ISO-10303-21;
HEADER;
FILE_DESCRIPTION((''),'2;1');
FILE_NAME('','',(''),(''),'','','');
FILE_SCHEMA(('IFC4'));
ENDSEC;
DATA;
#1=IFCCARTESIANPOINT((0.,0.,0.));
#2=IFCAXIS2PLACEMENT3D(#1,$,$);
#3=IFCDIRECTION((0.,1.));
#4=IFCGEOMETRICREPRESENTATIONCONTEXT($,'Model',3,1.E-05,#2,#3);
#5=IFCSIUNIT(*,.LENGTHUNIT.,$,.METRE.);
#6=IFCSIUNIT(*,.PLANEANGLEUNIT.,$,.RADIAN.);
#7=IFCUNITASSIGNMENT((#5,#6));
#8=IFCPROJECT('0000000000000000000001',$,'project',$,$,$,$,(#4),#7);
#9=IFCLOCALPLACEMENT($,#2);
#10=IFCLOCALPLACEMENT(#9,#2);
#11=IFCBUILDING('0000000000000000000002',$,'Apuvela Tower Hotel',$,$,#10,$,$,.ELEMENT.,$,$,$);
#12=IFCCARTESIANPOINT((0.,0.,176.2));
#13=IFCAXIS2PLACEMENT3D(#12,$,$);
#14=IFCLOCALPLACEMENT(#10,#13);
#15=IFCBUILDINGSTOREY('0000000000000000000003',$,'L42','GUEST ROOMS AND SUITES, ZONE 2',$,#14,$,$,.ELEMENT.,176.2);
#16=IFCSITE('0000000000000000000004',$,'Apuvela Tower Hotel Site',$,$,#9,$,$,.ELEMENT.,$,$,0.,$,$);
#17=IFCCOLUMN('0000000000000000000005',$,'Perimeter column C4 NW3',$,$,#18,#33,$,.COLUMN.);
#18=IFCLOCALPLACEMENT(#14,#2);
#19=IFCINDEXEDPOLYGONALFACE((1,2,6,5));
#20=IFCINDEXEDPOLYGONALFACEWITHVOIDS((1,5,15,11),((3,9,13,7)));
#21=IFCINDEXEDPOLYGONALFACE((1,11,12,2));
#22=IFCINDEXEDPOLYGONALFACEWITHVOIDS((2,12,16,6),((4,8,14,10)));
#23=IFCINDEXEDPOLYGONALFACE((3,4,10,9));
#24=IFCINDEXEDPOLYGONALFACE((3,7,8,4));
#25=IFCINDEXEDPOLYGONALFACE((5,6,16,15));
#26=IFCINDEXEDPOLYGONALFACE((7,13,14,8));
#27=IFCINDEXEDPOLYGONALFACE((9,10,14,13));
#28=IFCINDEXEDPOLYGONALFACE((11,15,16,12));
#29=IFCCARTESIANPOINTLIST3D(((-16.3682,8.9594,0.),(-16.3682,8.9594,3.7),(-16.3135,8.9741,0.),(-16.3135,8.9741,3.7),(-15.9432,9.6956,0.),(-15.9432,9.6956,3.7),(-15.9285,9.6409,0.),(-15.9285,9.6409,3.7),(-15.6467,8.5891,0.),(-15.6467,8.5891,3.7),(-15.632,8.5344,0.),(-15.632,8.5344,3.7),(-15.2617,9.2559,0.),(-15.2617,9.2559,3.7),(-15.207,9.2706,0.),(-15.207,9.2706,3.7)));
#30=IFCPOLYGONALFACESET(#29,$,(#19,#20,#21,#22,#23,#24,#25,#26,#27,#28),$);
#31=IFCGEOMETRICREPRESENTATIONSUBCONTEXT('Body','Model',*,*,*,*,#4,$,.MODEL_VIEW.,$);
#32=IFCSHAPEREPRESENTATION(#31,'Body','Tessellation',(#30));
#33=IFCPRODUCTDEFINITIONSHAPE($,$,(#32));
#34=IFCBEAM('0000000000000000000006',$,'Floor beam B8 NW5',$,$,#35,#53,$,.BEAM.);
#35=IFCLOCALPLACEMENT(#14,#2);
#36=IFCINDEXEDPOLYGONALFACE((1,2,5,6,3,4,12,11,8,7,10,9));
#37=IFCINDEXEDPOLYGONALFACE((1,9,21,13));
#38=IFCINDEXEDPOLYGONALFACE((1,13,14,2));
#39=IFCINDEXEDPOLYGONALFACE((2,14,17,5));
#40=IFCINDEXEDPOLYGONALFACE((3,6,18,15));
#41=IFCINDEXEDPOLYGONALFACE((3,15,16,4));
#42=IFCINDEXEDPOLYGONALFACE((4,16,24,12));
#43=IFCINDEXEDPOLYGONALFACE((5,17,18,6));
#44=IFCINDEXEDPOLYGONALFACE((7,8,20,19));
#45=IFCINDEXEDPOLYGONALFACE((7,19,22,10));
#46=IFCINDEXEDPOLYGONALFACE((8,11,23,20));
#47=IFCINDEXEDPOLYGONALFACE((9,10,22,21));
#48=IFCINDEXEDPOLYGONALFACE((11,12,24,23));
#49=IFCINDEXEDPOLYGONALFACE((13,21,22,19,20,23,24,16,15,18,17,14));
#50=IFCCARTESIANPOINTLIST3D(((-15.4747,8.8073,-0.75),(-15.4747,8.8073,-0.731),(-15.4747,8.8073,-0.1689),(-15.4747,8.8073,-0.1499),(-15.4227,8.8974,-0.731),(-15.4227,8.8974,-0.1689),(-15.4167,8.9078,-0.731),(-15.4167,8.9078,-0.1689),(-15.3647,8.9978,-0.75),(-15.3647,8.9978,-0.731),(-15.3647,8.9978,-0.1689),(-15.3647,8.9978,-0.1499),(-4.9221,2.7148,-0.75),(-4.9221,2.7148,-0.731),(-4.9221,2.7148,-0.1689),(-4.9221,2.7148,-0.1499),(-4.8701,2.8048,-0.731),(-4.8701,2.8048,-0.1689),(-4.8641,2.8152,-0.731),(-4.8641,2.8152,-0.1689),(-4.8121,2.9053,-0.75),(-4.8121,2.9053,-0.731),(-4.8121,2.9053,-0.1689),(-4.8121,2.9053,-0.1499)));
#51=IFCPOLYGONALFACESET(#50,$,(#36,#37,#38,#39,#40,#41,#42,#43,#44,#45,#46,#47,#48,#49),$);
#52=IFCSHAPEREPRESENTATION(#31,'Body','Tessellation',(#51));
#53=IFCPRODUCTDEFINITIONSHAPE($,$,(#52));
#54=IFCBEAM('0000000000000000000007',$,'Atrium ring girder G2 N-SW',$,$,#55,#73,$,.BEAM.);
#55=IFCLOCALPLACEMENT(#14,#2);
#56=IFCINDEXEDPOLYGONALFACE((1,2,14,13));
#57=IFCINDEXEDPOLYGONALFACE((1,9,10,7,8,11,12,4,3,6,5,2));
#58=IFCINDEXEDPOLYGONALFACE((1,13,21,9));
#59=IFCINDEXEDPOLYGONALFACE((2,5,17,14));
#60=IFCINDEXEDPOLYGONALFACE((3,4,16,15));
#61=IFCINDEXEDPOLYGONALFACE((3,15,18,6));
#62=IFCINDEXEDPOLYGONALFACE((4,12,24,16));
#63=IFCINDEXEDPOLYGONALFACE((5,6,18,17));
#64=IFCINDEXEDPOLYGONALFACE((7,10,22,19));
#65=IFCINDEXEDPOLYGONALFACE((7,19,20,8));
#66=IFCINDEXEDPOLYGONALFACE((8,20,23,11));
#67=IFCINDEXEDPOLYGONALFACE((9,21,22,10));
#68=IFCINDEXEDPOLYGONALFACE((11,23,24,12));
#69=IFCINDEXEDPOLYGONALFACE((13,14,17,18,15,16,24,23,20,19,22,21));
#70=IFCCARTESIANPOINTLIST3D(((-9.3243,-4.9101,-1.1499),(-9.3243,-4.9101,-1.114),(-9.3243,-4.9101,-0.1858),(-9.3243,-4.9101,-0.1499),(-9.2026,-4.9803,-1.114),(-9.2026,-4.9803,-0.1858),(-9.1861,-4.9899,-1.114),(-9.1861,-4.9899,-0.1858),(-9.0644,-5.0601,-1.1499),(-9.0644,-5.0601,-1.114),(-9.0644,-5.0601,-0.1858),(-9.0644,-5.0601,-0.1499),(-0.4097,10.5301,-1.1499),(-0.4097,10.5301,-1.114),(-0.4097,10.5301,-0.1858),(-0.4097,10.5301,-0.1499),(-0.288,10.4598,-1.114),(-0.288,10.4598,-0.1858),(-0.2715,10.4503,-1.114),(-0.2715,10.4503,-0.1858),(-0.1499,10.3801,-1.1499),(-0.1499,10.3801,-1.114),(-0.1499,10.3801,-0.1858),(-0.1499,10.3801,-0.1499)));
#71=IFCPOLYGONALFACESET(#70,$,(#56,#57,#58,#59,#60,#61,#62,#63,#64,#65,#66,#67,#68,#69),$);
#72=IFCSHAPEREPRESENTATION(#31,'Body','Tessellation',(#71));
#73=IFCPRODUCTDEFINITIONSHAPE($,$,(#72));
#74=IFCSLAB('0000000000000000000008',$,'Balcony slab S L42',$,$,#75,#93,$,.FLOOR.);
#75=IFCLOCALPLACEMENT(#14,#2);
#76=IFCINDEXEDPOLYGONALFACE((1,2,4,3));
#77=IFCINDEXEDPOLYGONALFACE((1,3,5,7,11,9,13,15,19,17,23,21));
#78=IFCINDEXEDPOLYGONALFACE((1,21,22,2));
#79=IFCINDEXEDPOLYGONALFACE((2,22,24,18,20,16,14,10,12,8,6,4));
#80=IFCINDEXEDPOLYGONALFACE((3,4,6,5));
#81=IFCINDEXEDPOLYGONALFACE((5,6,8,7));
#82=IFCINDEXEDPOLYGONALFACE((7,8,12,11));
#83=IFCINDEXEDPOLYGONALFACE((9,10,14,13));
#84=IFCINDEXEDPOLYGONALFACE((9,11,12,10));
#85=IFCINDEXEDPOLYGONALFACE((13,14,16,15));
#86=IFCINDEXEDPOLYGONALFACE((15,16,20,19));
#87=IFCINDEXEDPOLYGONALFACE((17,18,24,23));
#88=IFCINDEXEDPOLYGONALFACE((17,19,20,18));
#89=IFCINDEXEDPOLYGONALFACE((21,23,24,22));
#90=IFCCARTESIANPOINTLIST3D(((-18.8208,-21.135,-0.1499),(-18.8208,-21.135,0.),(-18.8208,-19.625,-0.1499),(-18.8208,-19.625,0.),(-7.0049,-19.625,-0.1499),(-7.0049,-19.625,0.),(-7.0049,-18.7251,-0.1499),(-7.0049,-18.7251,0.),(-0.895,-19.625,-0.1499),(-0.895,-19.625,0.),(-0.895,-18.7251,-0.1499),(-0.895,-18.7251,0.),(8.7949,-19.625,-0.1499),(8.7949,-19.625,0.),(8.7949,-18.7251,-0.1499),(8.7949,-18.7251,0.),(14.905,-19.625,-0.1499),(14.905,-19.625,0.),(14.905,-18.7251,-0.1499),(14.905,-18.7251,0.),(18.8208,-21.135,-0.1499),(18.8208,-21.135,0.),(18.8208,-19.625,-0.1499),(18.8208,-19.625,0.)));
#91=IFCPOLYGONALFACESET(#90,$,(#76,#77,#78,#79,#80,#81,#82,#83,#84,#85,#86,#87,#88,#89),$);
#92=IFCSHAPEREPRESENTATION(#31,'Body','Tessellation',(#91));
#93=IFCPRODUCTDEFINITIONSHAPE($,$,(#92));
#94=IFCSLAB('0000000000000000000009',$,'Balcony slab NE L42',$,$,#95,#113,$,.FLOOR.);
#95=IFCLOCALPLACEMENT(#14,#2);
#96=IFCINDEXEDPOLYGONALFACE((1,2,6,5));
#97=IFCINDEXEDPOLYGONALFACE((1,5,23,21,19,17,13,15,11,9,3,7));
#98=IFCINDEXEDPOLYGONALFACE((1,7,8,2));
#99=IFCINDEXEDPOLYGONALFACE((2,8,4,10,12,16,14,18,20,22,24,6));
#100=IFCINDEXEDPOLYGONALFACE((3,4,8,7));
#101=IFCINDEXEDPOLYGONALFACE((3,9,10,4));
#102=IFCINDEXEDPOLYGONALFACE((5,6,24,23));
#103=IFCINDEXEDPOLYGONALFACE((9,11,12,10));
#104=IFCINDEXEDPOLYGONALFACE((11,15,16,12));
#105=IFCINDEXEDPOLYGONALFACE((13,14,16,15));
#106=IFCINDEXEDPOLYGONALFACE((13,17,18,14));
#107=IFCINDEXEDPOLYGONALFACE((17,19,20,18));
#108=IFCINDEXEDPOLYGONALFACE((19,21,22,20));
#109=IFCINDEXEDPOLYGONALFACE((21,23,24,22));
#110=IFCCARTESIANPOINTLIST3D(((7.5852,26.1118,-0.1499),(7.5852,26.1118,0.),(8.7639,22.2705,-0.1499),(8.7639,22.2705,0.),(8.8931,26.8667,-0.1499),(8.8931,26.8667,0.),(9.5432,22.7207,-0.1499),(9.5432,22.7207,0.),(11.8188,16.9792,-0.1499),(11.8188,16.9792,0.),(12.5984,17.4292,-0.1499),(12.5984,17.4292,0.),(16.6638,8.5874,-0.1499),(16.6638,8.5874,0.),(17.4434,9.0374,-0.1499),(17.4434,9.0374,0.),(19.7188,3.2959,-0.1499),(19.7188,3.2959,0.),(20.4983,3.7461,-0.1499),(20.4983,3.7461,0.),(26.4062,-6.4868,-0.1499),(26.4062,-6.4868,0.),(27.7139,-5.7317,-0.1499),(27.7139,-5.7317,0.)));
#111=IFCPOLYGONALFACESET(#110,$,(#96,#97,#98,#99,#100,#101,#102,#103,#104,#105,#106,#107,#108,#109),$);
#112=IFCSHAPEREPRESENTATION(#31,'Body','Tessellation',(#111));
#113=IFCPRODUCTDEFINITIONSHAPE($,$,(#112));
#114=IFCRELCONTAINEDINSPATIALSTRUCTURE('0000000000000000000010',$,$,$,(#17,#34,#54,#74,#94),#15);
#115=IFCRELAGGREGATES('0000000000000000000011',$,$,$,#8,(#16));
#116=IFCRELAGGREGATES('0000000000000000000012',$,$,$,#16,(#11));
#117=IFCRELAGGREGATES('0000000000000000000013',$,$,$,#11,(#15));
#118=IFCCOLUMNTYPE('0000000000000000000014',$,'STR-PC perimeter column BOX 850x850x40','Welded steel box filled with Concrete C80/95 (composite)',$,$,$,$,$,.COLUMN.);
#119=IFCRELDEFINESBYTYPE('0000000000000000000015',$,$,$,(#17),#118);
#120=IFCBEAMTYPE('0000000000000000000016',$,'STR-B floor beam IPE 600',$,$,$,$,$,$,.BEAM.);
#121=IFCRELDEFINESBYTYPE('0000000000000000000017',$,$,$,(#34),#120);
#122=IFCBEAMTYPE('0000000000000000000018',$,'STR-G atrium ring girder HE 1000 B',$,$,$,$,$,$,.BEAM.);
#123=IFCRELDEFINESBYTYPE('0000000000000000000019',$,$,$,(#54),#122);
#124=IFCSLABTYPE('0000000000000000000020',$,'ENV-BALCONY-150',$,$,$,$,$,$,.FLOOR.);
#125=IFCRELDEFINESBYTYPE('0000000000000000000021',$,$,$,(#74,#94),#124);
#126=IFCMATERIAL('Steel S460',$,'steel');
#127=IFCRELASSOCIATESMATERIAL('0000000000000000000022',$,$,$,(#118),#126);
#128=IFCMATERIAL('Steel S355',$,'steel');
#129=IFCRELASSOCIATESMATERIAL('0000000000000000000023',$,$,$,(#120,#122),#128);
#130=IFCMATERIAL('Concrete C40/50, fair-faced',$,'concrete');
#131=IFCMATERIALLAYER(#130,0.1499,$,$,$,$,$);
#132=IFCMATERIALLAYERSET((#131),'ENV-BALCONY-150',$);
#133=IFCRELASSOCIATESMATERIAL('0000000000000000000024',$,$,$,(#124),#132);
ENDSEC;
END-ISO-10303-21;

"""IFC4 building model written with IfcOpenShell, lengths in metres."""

from ifc_helpers import new_model, si_unit, direction, frame, origin, origin_2d, place, context, subcontext, project, spatial, polyline, rectangle, hollow_rectangle, i_section, outline, extrude, material, layer, layer_set, material_profile, profile_set, type_object, element, save


model = new_model("IFC4")

# Units and contexts
model_context = context("Model", 3, precision=1e-05, world=origin(), true_north=direction((0.0, 1.0)))
body_context = subcontext(model_context, "Body", "Model", "MODEL_VIEW")
ifc_project = project(units=[si_unit("LENGTHUNIT", "METRE"), si_unit("PLANEANGLEUNIT", "RADIAN")], contexts=[model_context])

# Site, building, storey
site_placement = place(None, origin())
site = spatial("IfcSite", under=ifc_project, at=site_placement, Name="Apuvela Tower Hotel Site", CompositionType="ELEMENT", RefElevation=0.0)
building_placement = place(site_placement, origin())
building = spatial("IfcBuilding", under=site, at=building_placement, Name="Apuvela Tower Hotel", CompositionType="ELEMENT")
storey_placement = place(building_placement, frame((0.0, 0.0, 176.2)))
storey = spatial("IfcBuildingStorey", under=building, at=storey_placement, Name="L42", Description="GUEST ROOMS AND SUITES, ZONE 2", CompositionType="ELEMENT", Elevation=176.2)

# Column
ifc_material_1 = material(Name="Steel S460", Category="steel")
ifc_material_profile_1 = material_profile(ifc_material_1, hollow_rectangle(XDim=0.8501, YDim=0.8501, WallThickness=0.04, at=origin_2d()), Name="BOX 850x850x40")
ifc_material_2 = material(Name="Concrete C80/95", Category="concrete")
ifc_material_profile_2 = material_profile(ifc_material_2, rectangle(XDim=0.77, YDim=0.77, at=origin_2d()), Name="Concrete C80/95 infill")
ifc_profile_set_1 = profile_set([ifc_material_profile_1, ifc_material_profile_2], Name="Steel S460")
column_type = type_object("IfcColumnType", Name="STR-PC perimeter column BOX 850x850x40", Description="Welded steel box filled with Concrete C80/95 (composite)", PredefinedType="COLUMN", material=ifc_profile_set_1)
column_placement = place(storey_placement, frame((-15.7876, 9.115, 0.0), z_axis=(0.0, 0.0, 1.0), x_axis=(0.5, 0.866025, 0.0)))
element("IfcColumn", 1, at=column_placement, inside=storey, type_object=column_type, Name="Perimeter column C4 NW3", PredefinedType="COLUMN", context=body_context, shape_type="SweptSolid", body=[
    extrude(hollow_rectangle(XDim=0.8501, YDim=0.8501, WallThickness=0.04, at=origin_2d()), origin(), (0.0, 0.0, 1.0), 3.7),
])

# Beams
ifc_material_3 = material(Name="Steel S355", Category="steel")
ifc_material_profile_3 = material_profile(ifc_material_3, i_section(OverallWidth=0.22, OverallDepth=0.6001, WebThickness=0.012, FlangeThickness=0.019, at=origin_2d()), Name="IPE 600")
ifc_profile_set_2 = profile_set([ifc_material_profile_3], Name="Steel S355")
beam_type_1 = type_object("IfcBeamType", Name="STR-B floor beam IPE 600", PredefinedType="BEAM", material=ifc_profile_set_2)
beam_1_placement = place(storey_placement, frame((-15.4197, 8.9026, -0.45), z_axis=(0.866024, -0.500003, 0.0), x_axis=(0.500003, 0.866024, 0.0)))
element("IfcBeam", 2, at=beam_1_placement, inside=storey, type_object=beam_type_1, Name="Floor beam B8 NW5", PredefinedType="BEAM", context=body_context, shape_type="SweptSolid", body=[
    extrude(i_section(OverallWidth=0.22, OverallDepth=0.6001, WebThickness=0.012, FlangeThickness=0.019, at=origin_2d()), origin(), (0.0, 0.0, 1.0), 12.1851),
])
ifc_material_profile_4 = material_profile(ifc_material_3, i_section(OverallWidth=0.3, OverallDepth=1.0, WebThickness=0.019, FlangeThickness=0.0359, at=origin_2d()), Name="HE 1000 B")
ifc_profile_set_3 = profile_set([ifc_material_profile_4], Name="Steel S355")
beam_type_2 = type_object("IfcBeamType", Name="STR-G atrium ring girder HE 1000 B", PredefinedType="BEAM", material=ifc_profile_set_3)
beam_2_placement = place(storey_placement, frame((-0.2798, 10.4551, -0.6499), z_axis=(-0.500007, -0.866022, 0.0), x_axis=(0.866022, -0.500007, 0.0)))
element("IfcBeam", 3, at=beam_2_placement, inside=storey, type_object=beam_type_2, Name="Atrium ring girder G2 N-SW", PredefinedType="BEAM", context=body_context, shape_type="SweptSolid", body=[
    extrude(i_section(OverallWidth=0.3, OverallDepth=1.0, WebThickness=0.019, FlangeThickness=0.0359, at=origin_2d()), origin(), (0.0, 0.0, 1.0), 17.8289),
])

# Slabs
ifc_material_4 = material(Name="Concrete C40/50, fair-faced", Category="concrete")
ifc_layer_1 = layer(ifc_material_4, 0.1499)
ifc_layer_set_1 = layer_set([ifc_layer_1], Name="ENV-BALCONY-150")
slab_type_1 = type_object("IfcSlabType", Name="ENV-BALCONY-150", PredefinedType="FLOOR", material=ifc_layer_set_1)
slab_1_placement = place(storey_placement, frame((0.0, 0.0, -0.1499)))
element("IfcSlab", 4, at=slab_1_placement, inside=storey, type_object=slab_type_1, Name="Balcony slab S L42", PredefinedType="FLOOR", context=body_context, shape_type="SweptSolid", body=[
    extrude(outline(polyline([(18.8208, -21.135), (-18.8208, -21.135), (-18.8208, -19.625), (-7.0049, -19.625), (-7.0049, -18.7251), (-0.895, -18.7251), (-0.895, -19.625), (8.7949, -19.625), (8.7949, -18.7251), (14.905, -18.7251), (14.905, -19.625), (18.8208, -19.625), (18.8208, -21.135)])), origin(), (0.0, 0.0, 1.0), 0.1499),
])
slab_2_placement = place(storey_placement, frame((0.0, 0.0, -0.1499)))
element("IfcSlab", 5, at=slab_2_placement, inside=storey, type_object=slab_type_1, Name="Balcony slab NE L42", PredefinedType="FLOOR", context=body_context, shape_type="SweptSolid", body=[
    extrude(outline(polyline([(17.4434, 9.0374), (12.5984, 17.4292), (11.8188, 16.9792), (8.7639, 22.2705), (9.5432, 22.7207), (7.5852, 26.1118), (8.8931, 26.8667), (27.7139, -5.7317), (26.4062, -6.4868), (20.4983, 3.7461), (19.7188, 3.2959), (16.6638, 8.5874), (17.4434, 9.0374)])), origin(), (0.0, 0.0, 1.0), 0.1499),
])

save(model, "model.ifc")
